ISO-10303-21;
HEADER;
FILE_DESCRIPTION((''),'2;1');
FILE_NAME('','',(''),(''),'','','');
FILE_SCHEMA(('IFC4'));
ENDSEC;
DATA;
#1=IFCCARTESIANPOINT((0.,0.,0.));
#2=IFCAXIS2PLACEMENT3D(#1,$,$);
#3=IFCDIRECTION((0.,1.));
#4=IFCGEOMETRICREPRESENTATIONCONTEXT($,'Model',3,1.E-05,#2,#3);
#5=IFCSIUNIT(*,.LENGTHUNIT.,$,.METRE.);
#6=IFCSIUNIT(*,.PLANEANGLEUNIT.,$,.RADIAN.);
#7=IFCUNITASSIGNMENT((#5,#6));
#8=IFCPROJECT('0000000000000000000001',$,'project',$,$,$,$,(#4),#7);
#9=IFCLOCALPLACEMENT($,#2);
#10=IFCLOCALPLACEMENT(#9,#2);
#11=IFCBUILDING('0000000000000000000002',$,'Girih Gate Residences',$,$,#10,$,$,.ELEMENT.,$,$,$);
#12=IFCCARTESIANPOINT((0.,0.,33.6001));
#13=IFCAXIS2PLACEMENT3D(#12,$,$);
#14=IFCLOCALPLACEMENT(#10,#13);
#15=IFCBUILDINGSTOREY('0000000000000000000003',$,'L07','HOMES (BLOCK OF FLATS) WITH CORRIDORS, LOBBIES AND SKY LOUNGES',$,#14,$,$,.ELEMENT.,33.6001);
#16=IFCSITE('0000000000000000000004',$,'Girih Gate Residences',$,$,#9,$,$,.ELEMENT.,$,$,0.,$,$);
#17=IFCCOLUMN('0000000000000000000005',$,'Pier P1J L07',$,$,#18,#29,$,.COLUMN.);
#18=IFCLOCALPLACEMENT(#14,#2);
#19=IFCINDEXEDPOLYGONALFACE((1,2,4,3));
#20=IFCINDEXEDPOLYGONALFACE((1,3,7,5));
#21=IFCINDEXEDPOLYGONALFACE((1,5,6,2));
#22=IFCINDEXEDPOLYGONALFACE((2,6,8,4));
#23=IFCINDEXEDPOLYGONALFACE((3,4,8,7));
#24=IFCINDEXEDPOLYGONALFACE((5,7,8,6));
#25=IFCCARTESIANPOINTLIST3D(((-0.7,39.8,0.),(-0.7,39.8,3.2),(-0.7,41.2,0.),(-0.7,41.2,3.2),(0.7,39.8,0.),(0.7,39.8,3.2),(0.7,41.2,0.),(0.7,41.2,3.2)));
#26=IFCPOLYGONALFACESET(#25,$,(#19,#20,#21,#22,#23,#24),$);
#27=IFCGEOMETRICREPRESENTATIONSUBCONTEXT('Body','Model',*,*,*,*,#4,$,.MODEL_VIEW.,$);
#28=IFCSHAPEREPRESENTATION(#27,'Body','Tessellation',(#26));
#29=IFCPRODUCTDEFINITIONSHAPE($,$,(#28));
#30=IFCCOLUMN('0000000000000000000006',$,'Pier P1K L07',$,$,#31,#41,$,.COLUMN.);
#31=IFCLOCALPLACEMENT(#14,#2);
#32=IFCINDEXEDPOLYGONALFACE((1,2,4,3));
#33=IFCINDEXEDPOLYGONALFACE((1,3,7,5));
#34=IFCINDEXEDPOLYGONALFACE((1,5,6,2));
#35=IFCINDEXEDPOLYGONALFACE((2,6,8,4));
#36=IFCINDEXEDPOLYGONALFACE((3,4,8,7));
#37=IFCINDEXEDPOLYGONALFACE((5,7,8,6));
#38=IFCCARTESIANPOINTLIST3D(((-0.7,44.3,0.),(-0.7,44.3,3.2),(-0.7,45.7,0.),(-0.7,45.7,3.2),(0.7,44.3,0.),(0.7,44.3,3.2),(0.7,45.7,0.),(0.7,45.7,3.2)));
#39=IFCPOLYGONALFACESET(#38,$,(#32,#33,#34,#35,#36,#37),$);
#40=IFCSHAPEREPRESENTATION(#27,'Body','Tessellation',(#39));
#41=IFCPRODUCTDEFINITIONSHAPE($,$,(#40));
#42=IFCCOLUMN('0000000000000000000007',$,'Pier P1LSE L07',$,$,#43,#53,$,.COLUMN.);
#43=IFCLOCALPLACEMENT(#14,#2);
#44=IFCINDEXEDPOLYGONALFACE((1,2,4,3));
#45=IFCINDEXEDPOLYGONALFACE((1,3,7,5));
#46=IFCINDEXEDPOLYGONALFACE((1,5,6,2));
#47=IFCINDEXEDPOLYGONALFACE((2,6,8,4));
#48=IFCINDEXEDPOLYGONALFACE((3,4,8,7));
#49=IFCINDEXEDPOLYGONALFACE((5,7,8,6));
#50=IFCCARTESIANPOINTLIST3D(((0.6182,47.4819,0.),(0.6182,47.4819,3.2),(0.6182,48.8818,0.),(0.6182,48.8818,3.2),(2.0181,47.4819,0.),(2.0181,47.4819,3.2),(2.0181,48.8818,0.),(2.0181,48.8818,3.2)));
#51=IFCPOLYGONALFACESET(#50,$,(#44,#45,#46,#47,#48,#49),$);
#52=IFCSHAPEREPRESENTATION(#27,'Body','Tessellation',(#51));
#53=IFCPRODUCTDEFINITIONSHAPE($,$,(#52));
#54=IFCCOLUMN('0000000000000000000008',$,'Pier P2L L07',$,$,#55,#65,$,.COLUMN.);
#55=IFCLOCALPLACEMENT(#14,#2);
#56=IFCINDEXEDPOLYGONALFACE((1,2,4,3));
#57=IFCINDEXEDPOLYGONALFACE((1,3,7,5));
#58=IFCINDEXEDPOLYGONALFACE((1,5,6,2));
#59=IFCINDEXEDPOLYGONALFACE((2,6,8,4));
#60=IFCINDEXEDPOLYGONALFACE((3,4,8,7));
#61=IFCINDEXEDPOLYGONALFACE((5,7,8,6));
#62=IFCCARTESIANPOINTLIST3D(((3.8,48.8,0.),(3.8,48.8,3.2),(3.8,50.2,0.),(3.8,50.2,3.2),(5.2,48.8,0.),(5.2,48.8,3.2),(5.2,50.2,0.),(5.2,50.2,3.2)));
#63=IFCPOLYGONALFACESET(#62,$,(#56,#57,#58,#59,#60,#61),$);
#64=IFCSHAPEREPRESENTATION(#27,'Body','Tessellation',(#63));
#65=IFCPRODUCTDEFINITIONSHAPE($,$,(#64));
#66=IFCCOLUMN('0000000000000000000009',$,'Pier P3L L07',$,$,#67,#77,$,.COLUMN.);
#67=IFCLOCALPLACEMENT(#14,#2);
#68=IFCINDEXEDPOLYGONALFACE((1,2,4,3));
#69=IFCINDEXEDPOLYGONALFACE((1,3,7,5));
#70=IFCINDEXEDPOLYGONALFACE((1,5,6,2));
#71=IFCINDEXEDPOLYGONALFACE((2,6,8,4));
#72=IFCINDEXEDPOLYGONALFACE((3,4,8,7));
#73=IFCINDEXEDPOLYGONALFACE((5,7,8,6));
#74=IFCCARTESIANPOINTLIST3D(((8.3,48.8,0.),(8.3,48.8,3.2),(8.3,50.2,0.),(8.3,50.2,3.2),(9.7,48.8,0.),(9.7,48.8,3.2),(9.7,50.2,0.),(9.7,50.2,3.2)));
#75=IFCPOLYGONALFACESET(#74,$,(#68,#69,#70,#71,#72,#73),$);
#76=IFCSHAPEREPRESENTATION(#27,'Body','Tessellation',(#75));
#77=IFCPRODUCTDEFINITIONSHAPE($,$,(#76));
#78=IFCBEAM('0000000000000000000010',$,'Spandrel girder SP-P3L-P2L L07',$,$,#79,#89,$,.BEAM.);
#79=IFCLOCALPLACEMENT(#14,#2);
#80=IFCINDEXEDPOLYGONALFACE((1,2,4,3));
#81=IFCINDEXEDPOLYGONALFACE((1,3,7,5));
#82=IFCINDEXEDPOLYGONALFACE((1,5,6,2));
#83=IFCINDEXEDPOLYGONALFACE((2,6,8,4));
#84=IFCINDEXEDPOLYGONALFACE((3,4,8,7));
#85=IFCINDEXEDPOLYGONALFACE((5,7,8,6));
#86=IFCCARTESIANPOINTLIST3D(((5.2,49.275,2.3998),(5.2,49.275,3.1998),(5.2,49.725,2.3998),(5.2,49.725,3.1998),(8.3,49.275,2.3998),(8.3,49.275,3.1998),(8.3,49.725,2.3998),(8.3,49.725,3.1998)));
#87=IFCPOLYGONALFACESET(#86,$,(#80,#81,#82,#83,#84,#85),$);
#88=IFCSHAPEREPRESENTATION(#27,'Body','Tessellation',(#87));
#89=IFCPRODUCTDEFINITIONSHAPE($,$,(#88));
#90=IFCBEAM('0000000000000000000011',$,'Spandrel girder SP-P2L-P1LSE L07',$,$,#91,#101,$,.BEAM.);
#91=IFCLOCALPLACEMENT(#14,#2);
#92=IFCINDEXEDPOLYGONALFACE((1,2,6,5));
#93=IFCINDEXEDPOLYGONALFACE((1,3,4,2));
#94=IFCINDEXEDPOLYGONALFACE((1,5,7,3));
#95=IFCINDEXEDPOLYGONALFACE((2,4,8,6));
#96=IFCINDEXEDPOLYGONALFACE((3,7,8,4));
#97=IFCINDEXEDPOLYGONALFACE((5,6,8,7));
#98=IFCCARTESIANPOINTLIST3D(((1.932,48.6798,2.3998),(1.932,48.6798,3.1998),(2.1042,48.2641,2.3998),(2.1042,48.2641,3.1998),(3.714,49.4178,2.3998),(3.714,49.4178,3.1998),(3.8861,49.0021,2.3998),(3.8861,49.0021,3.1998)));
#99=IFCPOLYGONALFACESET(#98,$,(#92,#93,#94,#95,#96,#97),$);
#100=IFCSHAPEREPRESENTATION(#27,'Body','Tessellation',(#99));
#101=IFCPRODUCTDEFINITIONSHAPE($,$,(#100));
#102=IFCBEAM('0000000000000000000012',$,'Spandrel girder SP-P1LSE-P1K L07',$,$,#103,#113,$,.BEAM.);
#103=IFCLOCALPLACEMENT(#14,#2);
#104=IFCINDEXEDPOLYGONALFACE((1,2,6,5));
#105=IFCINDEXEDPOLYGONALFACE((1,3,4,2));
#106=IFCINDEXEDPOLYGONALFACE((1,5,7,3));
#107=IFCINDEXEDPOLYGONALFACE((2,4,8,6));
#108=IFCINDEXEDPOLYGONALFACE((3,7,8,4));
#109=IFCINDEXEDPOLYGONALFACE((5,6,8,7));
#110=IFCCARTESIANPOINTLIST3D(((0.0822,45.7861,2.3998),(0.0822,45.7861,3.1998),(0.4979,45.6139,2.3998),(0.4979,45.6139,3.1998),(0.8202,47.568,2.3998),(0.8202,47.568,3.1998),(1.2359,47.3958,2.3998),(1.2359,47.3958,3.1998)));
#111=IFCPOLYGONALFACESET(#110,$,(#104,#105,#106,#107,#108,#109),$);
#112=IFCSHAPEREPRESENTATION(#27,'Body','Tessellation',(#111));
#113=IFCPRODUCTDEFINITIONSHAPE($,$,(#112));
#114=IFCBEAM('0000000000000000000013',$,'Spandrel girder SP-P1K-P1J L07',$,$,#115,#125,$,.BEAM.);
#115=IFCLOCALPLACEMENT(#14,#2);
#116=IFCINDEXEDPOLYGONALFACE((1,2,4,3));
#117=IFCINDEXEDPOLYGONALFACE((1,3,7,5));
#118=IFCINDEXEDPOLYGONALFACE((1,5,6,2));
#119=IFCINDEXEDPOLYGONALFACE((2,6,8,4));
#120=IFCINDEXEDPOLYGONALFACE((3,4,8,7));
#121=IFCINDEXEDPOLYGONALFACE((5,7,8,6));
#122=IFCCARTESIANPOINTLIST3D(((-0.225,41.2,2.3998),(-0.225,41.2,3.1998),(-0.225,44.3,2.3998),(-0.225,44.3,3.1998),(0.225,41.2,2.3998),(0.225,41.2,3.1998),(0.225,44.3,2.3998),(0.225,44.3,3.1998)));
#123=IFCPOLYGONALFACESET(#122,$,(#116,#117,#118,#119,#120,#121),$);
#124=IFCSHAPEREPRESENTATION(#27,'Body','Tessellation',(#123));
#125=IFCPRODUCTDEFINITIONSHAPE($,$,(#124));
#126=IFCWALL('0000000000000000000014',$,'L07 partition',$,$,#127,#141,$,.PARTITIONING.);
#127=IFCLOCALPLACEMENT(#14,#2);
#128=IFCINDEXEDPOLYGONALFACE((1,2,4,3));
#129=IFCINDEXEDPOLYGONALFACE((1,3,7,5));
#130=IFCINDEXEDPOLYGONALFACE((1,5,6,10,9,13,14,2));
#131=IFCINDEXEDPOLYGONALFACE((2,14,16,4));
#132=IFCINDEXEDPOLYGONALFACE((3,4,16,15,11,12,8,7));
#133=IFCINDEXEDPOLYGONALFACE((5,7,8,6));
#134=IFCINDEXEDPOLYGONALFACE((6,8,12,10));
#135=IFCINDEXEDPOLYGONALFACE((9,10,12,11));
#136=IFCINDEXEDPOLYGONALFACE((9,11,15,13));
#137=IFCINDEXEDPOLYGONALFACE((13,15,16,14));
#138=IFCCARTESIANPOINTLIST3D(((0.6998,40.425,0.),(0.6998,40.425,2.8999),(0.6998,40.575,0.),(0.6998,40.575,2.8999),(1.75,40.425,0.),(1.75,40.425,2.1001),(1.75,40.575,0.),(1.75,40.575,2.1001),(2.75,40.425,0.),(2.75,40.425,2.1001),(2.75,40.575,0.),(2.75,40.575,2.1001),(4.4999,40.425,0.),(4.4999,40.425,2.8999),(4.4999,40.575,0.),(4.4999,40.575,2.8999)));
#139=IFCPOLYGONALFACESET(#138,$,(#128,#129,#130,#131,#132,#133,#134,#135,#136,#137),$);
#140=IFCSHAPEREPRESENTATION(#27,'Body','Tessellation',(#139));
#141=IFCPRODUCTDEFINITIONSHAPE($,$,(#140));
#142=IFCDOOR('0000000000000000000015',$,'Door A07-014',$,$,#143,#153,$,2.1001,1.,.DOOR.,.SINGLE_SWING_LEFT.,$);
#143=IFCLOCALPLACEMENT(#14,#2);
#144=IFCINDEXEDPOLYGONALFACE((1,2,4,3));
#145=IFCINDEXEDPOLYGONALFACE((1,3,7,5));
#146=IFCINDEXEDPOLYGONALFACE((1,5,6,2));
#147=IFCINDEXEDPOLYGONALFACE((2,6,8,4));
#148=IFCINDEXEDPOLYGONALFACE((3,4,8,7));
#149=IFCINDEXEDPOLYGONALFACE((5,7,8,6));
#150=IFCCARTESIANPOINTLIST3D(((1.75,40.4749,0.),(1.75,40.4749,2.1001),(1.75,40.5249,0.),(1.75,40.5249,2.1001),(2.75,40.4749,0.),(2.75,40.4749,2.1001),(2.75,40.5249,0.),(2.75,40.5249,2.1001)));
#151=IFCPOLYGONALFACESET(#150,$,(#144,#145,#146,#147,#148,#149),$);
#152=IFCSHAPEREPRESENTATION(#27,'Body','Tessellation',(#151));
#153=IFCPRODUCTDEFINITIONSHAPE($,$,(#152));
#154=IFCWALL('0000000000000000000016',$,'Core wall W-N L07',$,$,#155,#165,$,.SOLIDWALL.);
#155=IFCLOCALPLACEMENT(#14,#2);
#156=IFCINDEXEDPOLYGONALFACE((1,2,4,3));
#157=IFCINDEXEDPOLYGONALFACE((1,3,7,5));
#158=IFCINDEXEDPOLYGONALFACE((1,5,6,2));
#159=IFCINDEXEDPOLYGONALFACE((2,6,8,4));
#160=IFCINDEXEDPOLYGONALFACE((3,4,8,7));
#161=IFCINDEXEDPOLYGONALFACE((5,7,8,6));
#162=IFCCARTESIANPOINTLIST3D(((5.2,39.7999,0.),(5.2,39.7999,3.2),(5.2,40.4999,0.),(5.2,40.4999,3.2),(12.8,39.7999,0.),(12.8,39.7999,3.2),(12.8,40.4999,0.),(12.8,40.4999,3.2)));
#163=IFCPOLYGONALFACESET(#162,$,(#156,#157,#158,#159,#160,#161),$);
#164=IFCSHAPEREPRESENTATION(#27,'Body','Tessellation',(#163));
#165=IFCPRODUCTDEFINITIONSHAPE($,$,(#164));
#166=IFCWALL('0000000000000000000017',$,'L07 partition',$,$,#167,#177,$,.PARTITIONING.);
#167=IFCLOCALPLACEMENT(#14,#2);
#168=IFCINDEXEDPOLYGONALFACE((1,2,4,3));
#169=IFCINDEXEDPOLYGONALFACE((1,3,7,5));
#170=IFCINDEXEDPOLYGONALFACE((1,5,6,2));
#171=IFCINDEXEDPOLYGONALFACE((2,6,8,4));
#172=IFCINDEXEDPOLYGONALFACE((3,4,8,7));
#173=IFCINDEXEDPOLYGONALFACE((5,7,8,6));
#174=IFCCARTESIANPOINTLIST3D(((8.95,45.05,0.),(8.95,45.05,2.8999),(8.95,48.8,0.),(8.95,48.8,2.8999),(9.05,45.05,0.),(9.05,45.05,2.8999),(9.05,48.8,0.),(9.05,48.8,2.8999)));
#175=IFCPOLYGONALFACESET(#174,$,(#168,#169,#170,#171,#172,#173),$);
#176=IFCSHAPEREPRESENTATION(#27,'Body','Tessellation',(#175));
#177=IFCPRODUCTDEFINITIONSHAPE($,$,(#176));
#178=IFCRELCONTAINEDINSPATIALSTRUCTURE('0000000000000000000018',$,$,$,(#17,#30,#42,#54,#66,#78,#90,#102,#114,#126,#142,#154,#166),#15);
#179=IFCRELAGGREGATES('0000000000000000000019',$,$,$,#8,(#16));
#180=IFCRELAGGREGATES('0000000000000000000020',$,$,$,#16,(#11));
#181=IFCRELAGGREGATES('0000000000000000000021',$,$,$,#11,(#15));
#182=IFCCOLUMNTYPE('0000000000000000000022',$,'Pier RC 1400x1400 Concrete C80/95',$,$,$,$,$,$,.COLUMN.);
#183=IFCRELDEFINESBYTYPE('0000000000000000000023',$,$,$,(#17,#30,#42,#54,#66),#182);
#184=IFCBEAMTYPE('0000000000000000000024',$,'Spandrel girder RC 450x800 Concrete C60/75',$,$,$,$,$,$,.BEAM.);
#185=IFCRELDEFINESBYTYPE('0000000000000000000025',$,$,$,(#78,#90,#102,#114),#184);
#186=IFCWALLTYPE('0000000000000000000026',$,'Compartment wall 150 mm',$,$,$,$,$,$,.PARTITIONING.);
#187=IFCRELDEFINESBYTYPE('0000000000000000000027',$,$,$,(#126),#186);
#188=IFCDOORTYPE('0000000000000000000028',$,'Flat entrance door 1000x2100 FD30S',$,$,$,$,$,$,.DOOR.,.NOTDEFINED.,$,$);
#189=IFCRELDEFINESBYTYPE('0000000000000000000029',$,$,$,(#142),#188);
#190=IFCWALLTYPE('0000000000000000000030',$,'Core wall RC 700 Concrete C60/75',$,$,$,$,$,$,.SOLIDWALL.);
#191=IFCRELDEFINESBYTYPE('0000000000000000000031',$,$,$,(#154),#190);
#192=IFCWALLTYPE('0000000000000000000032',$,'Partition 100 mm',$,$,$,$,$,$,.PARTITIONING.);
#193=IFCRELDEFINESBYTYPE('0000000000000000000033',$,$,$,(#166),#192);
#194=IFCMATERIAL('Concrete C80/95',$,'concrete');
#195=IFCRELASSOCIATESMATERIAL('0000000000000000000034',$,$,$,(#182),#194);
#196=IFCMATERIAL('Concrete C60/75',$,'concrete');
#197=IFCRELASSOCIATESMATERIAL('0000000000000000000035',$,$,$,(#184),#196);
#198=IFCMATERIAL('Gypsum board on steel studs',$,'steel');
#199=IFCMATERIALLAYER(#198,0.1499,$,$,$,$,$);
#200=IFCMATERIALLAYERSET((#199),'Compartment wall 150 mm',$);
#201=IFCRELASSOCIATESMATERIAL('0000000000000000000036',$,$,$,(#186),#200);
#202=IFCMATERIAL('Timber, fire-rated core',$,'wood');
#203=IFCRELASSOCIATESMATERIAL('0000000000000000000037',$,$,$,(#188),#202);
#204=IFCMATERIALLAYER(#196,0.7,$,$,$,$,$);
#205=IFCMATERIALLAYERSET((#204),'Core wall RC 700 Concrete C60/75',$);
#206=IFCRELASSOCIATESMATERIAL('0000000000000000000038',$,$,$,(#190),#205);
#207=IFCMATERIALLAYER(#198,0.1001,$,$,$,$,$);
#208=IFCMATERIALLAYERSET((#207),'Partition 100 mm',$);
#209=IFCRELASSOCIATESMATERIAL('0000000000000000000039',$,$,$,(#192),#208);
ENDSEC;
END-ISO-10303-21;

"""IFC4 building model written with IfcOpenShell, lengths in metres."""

from ifc_helpers import new_model, si_unit, direction, frame, frame_2d, origin, origin_2d, place, context, subcontext, project, spatial, rectangle, extrude, material, layer, layer_set, material_profile, profile_set, type_object, element, fill, save


model = new_model("IFC4")

# Units and contexts
model_context = context("Model", 3, precision=1e-05, world=origin(), true_north=direction((0.0, 1.0)))
body_context = subcontext(model_context, "Body", "Model", "MODEL_VIEW")
ifc_project = project(units=[si_unit("LENGTHUNIT", "METRE"), si_unit("PLANEANGLEUNIT", "RADIAN")], contexts=[model_context])

# Site, building, storey
site_placement = place(None, origin())
site = spatial("IfcSite", under=ifc_project, at=site_placement, Name="Girih Gate Residences", CompositionType="ELEMENT", RefElevation=0.0)
building_placement = place(site_placement, origin())
building = spatial("IfcBuilding", under=site, at=building_placement, Name="Girih Gate Residences", CompositionType="ELEMENT")
storey_placement = place(building_placement, frame((0.0, 0.0, 33.6001)))
storey = spatial("IfcBuildingStorey", under=building, at=storey_placement, Name="L07", Description="HOMES (BLOCK OF FLATS) WITH CORRIDORS, LOBBIES AND SKY LOUNGES", CompositionType="ELEMENT", Elevation=33.6001)

# Columns
ifc_material_1 = material(Name="Concrete C80/95", Category="concrete")
ifc_material_profile_1 = material_profile(ifc_material_1, rectangle(XDim=1.3999, YDim=1.3999, at=origin_2d()))
ifc_profile_set_1 = profile_set([ifc_material_profile_1], Name="Concrete C80/95")
column_type = type_object("IfcColumnType", Name="Pier RC 1400x1400 Concrete C80/95", PredefinedType="COLUMN", material=ifc_profile_set_1)
for number, where, z_axis, x_axis, name in (
    (1, (0.0, 40.5, 0.0), (0.0, 0.0, 1.0), (1.0, 0.0, 0.0), "Pier P1J L07"),
    (2, (0.0, 45.0, 0.0), (0.0, 0.0, 1.0), (1.0, 0.0, 0.0), "Pier P1K L07"),
    (3, (1.3181, 48.1819, 0.0), (0.0, 0.0, 1.0), (1.0, 0.0, 0.0), "Pier P1LSE L07"),
    (4, (4.5, 49.5, 0.0), (0.0, 0.0, 1.0), (1.0, 0.0, 0.0), "Pier P2L L07"),
    (5, (9.0, 49.5, 0.0), (0.0, 0.0, 1.0), (1.0, 0.0, 0.0), "Pier P3L L07"),
):
    element("IfcColumn", number, at=place(storey_placement, frame(where, z_axis=z_axis, x_axis=x_axis)), inside=storey, type_object=column_type, Name=name, PredefinedType="COLUMN", context=body_context, shape_type="SweptSolid", body=[
        extrude(rectangle(XDim=1.3999, YDim=1.3999, at=origin_2d()), origin(), (0.0, 0.0, 1.0), 3.2),
    ])

# Beams
ifc_material_2 = material(Name="Concrete C60/75", Category="concrete")
ifc_material_profile_2 = material_profile(ifc_material_2, rectangle(XDim=0.45, YDim=0.8, at=origin_2d()))
ifc_profile_set_2 = profile_set([ifc_material_profile_2], Name="Concrete C60/75")
beam_type = type_object("IfcBeamType", Name="Spandrel girder RC 450x800 Concrete C60/75", PredefinedType="BEAM", material=ifc_profile_set_2)
beam_1_placement = place(storey_placement, frame((8.3, 49.5, 2.7998), z_axis=(-1.0, 0.0, 0.0), x_axis=(0.0, -1.0, 0.0)))
element("IfcBeam", 6, at=beam_1_placement, inside=storey, type_object=beam_type, Name="Spandrel girder SP-P3L-P2L L07", PredefinedType="BEAM", context=body_context, shape_type="SweptSolid", body=[
    extrude(rectangle(XDim=0.45, YDim=0.8, at=origin_2d()), origin(), (0.0, 0.0, 1.0), 3.1001),
])
for number, where, z_axis, x_axis, name in (
    (7, (3.8, 49.21, 2.7998), (-0.923895, -0.382646, 0.0), (0.382646, -0.923895, 0.0), "Spandrel girder SP-P2L-P1LSE L07"),
    (8, (1.0281, 47.4819, 2.7998), (-0.382646, -0.923895, 0.0), (0.923895, -0.382646, 0.0), "Spandrel girder SP-P1LSE-P1K L07"),
):
    element("IfcBeam", number, at=place(storey_placement, frame(where, z_axis=z_axis, x_axis=x_axis)), inside=storey, type_object=beam_type, Name=name, PredefinedType="BEAM", context=body_context, shape_type="SweptSolid", body=[
        extrude(rectangle(XDim=0.45, YDim=0.8, at=origin_2d()), origin(), (0.0, 0.0, 1.0), 1.9287),
    ])
beam_2_placement = place(storey_placement, frame((0.0, 44.3, 2.7998), z_axis=(0.0, -1.0, 0.0), x_axis=(1.0, 0.0, 0.0)))
element("IfcBeam", 9, at=beam_2_placement, inside=storey, type_object=beam_type, Name="Spandrel girder SP-P1K-P1J L07", PredefinedType="BEAM", context=body_context, shape_type="SweptSolid", body=[
    extrude(rectangle(XDim=0.45, YDim=0.8, at=origin_2d()), origin(), (0.0, 0.0, 1.0), 3.1001),
])

# Wall, opening, door
ifc_material_3 = material(Name="Gypsum board on steel studs", Category="steel")
ifc_layer_1 = layer(ifc_material_3, 0.1499)
ifc_layer_set_1 = layer_set([ifc_layer_1], Name="Compartment wall 150 mm")
wall_type_1 = type_object("IfcWallType", Name="Compartment wall 150 mm", PredefinedType="PARTITIONING", material=ifc_layer_set_1)
wall_1_placement = place(storey_placement, frame((0.7, 40.5, 0.0), z_axis=(0.0, 0.0, 1.0), x_axis=(1.0, 0.0, 0.0)))
wall_1 = element("IfcWall", 10, at=wall_1_placement, inside=storey, type_object=wall_type_1, Name="L07 partition", PredefinedType="PARTITIONING", context=body_context, shape_type="SweptSolid", body=[
    extrude(rectangle(XDim=3.8, YDim=0.1499, at=frame_2d((1.8999, 0.0))), origin(), (0.0, 0.0, 1.0), 2.8999),
])
opening_1_placement = place(wall_1_placement, frame((1.05, 0.0, 0.0)))
opening_1 = element("IfcOpeningElement", 11, at=opening_1_placement, cuts=wall_1, PredefinedType="OPENING", context=body_context, shape_type="SweptSolid", body=[
    extrude(rectangle(XDim=1.0, YDim=2.1001, at=frame_2d((0.5, 1.05))), frame((0.0, 0.085, 0.0), z_axis=(0.0, -1.0, 0.0), x_axis=(1.0, 0.0, 0.0)), (0.0, 0.0, 1.0), 0.1699),
])
ifc_material_4 = material(Name="Timber, fire-rated core", Category="wood")
door_type_1 = type_object("IfcDoorType", Name="Flat entrance door 1000x2100 FD30S", OperationType="NOTDEFINED", PredefinedType="DOOR", material=ifc_material_4)
door_1_placement = place(opening_1_placement, origin())
door_1 = element("IfcDoor", 12, at=door_1_placement, inside=storey, type_object=door_type_1, Name="Door A07-014", OperationType="SINGLE_SWING_LEFT", OverallHeight=2.1001, OverallWidth=1.0, PredefinedType="DOOR", context=body_context, shape_type="SweptSolid", body=[
    extrude(rectangle(XDim=1.0, YDim=2.1001, at=frame_2d((0.5, 1.05))), frame((0.0, 0.0249, 0.0), z_axis=(0.0, -1.0, 0.0), x_axis=(1.0, 0.0, 0.0)), (0.0, 0.0, 1.0), 0.05),
])
fill(opening_1, door_1)

# Walls
ifc_layer_2 = layer(ifc_material_2, 0.7)
ifc_layer_set_2 = layer_set([ifc_layer_2], Name="Core wall RC 700 Concrete C60/75")
wall_type_2 = type_object("IfcWallType", Name="Core wall RC 700 Concrete C60/75", PredefinedType="SOLIDWALL", material=ifc_layer_set_2)
wall_2_placement = place(storey_placement, frame((5.2, 40.1499, 0.0), z_axis=(0.0, 0.0, 1.0), x_axis=(1.0, 0.0, 0.0)))
element("IfcWall", 13, at=wall_2_placement, inside=storey, type_object=wall_type_2, Name="Core wall W-N L07", PredefinedType="SOLIDWALL", context=body_context, shape_type="SweptSolid", body=[
    extrude(rectangle(XDim=7.6001, YDim=0.7, at=frame_2d((3.8, 0.0))), origin(), (0.0, 0.0, 1.0), 3.2),
])
ifc_layer_3 = layer(ifc_material_3, 0.1001)
ifc_layer_set_3 = layer_set([ifc_layer_3], Name="Partition 100 mm")
wall_type_3 = type_object("IfcWallType", Name="Partition 100 mm", PredefinedType="PARTITIONING", material=ifc_layer_set_3)
wall_3_placement = place(storey_placement, frame((9.0, 45.05, 0.0), z_axis=(0.0, 0.0, 1.0), x_axis=(0.0, 1.0, 0.0)))
element("IfcWall", 14, at=wall_3_placement, inside=storey, type_object=wall_type_3, Name="L07 partition", PredefinedType="PARTITIONING", context=body_context, shape_type="SweptSolid", body=[
    extrude(rectangle(XDim=3.75, YDim=0.1001, at=frame_2d((1.875, 0.0))), origin(), (0.0, 0.0, 1.0), 2.8999),
])

save(model, "model.ifc")
